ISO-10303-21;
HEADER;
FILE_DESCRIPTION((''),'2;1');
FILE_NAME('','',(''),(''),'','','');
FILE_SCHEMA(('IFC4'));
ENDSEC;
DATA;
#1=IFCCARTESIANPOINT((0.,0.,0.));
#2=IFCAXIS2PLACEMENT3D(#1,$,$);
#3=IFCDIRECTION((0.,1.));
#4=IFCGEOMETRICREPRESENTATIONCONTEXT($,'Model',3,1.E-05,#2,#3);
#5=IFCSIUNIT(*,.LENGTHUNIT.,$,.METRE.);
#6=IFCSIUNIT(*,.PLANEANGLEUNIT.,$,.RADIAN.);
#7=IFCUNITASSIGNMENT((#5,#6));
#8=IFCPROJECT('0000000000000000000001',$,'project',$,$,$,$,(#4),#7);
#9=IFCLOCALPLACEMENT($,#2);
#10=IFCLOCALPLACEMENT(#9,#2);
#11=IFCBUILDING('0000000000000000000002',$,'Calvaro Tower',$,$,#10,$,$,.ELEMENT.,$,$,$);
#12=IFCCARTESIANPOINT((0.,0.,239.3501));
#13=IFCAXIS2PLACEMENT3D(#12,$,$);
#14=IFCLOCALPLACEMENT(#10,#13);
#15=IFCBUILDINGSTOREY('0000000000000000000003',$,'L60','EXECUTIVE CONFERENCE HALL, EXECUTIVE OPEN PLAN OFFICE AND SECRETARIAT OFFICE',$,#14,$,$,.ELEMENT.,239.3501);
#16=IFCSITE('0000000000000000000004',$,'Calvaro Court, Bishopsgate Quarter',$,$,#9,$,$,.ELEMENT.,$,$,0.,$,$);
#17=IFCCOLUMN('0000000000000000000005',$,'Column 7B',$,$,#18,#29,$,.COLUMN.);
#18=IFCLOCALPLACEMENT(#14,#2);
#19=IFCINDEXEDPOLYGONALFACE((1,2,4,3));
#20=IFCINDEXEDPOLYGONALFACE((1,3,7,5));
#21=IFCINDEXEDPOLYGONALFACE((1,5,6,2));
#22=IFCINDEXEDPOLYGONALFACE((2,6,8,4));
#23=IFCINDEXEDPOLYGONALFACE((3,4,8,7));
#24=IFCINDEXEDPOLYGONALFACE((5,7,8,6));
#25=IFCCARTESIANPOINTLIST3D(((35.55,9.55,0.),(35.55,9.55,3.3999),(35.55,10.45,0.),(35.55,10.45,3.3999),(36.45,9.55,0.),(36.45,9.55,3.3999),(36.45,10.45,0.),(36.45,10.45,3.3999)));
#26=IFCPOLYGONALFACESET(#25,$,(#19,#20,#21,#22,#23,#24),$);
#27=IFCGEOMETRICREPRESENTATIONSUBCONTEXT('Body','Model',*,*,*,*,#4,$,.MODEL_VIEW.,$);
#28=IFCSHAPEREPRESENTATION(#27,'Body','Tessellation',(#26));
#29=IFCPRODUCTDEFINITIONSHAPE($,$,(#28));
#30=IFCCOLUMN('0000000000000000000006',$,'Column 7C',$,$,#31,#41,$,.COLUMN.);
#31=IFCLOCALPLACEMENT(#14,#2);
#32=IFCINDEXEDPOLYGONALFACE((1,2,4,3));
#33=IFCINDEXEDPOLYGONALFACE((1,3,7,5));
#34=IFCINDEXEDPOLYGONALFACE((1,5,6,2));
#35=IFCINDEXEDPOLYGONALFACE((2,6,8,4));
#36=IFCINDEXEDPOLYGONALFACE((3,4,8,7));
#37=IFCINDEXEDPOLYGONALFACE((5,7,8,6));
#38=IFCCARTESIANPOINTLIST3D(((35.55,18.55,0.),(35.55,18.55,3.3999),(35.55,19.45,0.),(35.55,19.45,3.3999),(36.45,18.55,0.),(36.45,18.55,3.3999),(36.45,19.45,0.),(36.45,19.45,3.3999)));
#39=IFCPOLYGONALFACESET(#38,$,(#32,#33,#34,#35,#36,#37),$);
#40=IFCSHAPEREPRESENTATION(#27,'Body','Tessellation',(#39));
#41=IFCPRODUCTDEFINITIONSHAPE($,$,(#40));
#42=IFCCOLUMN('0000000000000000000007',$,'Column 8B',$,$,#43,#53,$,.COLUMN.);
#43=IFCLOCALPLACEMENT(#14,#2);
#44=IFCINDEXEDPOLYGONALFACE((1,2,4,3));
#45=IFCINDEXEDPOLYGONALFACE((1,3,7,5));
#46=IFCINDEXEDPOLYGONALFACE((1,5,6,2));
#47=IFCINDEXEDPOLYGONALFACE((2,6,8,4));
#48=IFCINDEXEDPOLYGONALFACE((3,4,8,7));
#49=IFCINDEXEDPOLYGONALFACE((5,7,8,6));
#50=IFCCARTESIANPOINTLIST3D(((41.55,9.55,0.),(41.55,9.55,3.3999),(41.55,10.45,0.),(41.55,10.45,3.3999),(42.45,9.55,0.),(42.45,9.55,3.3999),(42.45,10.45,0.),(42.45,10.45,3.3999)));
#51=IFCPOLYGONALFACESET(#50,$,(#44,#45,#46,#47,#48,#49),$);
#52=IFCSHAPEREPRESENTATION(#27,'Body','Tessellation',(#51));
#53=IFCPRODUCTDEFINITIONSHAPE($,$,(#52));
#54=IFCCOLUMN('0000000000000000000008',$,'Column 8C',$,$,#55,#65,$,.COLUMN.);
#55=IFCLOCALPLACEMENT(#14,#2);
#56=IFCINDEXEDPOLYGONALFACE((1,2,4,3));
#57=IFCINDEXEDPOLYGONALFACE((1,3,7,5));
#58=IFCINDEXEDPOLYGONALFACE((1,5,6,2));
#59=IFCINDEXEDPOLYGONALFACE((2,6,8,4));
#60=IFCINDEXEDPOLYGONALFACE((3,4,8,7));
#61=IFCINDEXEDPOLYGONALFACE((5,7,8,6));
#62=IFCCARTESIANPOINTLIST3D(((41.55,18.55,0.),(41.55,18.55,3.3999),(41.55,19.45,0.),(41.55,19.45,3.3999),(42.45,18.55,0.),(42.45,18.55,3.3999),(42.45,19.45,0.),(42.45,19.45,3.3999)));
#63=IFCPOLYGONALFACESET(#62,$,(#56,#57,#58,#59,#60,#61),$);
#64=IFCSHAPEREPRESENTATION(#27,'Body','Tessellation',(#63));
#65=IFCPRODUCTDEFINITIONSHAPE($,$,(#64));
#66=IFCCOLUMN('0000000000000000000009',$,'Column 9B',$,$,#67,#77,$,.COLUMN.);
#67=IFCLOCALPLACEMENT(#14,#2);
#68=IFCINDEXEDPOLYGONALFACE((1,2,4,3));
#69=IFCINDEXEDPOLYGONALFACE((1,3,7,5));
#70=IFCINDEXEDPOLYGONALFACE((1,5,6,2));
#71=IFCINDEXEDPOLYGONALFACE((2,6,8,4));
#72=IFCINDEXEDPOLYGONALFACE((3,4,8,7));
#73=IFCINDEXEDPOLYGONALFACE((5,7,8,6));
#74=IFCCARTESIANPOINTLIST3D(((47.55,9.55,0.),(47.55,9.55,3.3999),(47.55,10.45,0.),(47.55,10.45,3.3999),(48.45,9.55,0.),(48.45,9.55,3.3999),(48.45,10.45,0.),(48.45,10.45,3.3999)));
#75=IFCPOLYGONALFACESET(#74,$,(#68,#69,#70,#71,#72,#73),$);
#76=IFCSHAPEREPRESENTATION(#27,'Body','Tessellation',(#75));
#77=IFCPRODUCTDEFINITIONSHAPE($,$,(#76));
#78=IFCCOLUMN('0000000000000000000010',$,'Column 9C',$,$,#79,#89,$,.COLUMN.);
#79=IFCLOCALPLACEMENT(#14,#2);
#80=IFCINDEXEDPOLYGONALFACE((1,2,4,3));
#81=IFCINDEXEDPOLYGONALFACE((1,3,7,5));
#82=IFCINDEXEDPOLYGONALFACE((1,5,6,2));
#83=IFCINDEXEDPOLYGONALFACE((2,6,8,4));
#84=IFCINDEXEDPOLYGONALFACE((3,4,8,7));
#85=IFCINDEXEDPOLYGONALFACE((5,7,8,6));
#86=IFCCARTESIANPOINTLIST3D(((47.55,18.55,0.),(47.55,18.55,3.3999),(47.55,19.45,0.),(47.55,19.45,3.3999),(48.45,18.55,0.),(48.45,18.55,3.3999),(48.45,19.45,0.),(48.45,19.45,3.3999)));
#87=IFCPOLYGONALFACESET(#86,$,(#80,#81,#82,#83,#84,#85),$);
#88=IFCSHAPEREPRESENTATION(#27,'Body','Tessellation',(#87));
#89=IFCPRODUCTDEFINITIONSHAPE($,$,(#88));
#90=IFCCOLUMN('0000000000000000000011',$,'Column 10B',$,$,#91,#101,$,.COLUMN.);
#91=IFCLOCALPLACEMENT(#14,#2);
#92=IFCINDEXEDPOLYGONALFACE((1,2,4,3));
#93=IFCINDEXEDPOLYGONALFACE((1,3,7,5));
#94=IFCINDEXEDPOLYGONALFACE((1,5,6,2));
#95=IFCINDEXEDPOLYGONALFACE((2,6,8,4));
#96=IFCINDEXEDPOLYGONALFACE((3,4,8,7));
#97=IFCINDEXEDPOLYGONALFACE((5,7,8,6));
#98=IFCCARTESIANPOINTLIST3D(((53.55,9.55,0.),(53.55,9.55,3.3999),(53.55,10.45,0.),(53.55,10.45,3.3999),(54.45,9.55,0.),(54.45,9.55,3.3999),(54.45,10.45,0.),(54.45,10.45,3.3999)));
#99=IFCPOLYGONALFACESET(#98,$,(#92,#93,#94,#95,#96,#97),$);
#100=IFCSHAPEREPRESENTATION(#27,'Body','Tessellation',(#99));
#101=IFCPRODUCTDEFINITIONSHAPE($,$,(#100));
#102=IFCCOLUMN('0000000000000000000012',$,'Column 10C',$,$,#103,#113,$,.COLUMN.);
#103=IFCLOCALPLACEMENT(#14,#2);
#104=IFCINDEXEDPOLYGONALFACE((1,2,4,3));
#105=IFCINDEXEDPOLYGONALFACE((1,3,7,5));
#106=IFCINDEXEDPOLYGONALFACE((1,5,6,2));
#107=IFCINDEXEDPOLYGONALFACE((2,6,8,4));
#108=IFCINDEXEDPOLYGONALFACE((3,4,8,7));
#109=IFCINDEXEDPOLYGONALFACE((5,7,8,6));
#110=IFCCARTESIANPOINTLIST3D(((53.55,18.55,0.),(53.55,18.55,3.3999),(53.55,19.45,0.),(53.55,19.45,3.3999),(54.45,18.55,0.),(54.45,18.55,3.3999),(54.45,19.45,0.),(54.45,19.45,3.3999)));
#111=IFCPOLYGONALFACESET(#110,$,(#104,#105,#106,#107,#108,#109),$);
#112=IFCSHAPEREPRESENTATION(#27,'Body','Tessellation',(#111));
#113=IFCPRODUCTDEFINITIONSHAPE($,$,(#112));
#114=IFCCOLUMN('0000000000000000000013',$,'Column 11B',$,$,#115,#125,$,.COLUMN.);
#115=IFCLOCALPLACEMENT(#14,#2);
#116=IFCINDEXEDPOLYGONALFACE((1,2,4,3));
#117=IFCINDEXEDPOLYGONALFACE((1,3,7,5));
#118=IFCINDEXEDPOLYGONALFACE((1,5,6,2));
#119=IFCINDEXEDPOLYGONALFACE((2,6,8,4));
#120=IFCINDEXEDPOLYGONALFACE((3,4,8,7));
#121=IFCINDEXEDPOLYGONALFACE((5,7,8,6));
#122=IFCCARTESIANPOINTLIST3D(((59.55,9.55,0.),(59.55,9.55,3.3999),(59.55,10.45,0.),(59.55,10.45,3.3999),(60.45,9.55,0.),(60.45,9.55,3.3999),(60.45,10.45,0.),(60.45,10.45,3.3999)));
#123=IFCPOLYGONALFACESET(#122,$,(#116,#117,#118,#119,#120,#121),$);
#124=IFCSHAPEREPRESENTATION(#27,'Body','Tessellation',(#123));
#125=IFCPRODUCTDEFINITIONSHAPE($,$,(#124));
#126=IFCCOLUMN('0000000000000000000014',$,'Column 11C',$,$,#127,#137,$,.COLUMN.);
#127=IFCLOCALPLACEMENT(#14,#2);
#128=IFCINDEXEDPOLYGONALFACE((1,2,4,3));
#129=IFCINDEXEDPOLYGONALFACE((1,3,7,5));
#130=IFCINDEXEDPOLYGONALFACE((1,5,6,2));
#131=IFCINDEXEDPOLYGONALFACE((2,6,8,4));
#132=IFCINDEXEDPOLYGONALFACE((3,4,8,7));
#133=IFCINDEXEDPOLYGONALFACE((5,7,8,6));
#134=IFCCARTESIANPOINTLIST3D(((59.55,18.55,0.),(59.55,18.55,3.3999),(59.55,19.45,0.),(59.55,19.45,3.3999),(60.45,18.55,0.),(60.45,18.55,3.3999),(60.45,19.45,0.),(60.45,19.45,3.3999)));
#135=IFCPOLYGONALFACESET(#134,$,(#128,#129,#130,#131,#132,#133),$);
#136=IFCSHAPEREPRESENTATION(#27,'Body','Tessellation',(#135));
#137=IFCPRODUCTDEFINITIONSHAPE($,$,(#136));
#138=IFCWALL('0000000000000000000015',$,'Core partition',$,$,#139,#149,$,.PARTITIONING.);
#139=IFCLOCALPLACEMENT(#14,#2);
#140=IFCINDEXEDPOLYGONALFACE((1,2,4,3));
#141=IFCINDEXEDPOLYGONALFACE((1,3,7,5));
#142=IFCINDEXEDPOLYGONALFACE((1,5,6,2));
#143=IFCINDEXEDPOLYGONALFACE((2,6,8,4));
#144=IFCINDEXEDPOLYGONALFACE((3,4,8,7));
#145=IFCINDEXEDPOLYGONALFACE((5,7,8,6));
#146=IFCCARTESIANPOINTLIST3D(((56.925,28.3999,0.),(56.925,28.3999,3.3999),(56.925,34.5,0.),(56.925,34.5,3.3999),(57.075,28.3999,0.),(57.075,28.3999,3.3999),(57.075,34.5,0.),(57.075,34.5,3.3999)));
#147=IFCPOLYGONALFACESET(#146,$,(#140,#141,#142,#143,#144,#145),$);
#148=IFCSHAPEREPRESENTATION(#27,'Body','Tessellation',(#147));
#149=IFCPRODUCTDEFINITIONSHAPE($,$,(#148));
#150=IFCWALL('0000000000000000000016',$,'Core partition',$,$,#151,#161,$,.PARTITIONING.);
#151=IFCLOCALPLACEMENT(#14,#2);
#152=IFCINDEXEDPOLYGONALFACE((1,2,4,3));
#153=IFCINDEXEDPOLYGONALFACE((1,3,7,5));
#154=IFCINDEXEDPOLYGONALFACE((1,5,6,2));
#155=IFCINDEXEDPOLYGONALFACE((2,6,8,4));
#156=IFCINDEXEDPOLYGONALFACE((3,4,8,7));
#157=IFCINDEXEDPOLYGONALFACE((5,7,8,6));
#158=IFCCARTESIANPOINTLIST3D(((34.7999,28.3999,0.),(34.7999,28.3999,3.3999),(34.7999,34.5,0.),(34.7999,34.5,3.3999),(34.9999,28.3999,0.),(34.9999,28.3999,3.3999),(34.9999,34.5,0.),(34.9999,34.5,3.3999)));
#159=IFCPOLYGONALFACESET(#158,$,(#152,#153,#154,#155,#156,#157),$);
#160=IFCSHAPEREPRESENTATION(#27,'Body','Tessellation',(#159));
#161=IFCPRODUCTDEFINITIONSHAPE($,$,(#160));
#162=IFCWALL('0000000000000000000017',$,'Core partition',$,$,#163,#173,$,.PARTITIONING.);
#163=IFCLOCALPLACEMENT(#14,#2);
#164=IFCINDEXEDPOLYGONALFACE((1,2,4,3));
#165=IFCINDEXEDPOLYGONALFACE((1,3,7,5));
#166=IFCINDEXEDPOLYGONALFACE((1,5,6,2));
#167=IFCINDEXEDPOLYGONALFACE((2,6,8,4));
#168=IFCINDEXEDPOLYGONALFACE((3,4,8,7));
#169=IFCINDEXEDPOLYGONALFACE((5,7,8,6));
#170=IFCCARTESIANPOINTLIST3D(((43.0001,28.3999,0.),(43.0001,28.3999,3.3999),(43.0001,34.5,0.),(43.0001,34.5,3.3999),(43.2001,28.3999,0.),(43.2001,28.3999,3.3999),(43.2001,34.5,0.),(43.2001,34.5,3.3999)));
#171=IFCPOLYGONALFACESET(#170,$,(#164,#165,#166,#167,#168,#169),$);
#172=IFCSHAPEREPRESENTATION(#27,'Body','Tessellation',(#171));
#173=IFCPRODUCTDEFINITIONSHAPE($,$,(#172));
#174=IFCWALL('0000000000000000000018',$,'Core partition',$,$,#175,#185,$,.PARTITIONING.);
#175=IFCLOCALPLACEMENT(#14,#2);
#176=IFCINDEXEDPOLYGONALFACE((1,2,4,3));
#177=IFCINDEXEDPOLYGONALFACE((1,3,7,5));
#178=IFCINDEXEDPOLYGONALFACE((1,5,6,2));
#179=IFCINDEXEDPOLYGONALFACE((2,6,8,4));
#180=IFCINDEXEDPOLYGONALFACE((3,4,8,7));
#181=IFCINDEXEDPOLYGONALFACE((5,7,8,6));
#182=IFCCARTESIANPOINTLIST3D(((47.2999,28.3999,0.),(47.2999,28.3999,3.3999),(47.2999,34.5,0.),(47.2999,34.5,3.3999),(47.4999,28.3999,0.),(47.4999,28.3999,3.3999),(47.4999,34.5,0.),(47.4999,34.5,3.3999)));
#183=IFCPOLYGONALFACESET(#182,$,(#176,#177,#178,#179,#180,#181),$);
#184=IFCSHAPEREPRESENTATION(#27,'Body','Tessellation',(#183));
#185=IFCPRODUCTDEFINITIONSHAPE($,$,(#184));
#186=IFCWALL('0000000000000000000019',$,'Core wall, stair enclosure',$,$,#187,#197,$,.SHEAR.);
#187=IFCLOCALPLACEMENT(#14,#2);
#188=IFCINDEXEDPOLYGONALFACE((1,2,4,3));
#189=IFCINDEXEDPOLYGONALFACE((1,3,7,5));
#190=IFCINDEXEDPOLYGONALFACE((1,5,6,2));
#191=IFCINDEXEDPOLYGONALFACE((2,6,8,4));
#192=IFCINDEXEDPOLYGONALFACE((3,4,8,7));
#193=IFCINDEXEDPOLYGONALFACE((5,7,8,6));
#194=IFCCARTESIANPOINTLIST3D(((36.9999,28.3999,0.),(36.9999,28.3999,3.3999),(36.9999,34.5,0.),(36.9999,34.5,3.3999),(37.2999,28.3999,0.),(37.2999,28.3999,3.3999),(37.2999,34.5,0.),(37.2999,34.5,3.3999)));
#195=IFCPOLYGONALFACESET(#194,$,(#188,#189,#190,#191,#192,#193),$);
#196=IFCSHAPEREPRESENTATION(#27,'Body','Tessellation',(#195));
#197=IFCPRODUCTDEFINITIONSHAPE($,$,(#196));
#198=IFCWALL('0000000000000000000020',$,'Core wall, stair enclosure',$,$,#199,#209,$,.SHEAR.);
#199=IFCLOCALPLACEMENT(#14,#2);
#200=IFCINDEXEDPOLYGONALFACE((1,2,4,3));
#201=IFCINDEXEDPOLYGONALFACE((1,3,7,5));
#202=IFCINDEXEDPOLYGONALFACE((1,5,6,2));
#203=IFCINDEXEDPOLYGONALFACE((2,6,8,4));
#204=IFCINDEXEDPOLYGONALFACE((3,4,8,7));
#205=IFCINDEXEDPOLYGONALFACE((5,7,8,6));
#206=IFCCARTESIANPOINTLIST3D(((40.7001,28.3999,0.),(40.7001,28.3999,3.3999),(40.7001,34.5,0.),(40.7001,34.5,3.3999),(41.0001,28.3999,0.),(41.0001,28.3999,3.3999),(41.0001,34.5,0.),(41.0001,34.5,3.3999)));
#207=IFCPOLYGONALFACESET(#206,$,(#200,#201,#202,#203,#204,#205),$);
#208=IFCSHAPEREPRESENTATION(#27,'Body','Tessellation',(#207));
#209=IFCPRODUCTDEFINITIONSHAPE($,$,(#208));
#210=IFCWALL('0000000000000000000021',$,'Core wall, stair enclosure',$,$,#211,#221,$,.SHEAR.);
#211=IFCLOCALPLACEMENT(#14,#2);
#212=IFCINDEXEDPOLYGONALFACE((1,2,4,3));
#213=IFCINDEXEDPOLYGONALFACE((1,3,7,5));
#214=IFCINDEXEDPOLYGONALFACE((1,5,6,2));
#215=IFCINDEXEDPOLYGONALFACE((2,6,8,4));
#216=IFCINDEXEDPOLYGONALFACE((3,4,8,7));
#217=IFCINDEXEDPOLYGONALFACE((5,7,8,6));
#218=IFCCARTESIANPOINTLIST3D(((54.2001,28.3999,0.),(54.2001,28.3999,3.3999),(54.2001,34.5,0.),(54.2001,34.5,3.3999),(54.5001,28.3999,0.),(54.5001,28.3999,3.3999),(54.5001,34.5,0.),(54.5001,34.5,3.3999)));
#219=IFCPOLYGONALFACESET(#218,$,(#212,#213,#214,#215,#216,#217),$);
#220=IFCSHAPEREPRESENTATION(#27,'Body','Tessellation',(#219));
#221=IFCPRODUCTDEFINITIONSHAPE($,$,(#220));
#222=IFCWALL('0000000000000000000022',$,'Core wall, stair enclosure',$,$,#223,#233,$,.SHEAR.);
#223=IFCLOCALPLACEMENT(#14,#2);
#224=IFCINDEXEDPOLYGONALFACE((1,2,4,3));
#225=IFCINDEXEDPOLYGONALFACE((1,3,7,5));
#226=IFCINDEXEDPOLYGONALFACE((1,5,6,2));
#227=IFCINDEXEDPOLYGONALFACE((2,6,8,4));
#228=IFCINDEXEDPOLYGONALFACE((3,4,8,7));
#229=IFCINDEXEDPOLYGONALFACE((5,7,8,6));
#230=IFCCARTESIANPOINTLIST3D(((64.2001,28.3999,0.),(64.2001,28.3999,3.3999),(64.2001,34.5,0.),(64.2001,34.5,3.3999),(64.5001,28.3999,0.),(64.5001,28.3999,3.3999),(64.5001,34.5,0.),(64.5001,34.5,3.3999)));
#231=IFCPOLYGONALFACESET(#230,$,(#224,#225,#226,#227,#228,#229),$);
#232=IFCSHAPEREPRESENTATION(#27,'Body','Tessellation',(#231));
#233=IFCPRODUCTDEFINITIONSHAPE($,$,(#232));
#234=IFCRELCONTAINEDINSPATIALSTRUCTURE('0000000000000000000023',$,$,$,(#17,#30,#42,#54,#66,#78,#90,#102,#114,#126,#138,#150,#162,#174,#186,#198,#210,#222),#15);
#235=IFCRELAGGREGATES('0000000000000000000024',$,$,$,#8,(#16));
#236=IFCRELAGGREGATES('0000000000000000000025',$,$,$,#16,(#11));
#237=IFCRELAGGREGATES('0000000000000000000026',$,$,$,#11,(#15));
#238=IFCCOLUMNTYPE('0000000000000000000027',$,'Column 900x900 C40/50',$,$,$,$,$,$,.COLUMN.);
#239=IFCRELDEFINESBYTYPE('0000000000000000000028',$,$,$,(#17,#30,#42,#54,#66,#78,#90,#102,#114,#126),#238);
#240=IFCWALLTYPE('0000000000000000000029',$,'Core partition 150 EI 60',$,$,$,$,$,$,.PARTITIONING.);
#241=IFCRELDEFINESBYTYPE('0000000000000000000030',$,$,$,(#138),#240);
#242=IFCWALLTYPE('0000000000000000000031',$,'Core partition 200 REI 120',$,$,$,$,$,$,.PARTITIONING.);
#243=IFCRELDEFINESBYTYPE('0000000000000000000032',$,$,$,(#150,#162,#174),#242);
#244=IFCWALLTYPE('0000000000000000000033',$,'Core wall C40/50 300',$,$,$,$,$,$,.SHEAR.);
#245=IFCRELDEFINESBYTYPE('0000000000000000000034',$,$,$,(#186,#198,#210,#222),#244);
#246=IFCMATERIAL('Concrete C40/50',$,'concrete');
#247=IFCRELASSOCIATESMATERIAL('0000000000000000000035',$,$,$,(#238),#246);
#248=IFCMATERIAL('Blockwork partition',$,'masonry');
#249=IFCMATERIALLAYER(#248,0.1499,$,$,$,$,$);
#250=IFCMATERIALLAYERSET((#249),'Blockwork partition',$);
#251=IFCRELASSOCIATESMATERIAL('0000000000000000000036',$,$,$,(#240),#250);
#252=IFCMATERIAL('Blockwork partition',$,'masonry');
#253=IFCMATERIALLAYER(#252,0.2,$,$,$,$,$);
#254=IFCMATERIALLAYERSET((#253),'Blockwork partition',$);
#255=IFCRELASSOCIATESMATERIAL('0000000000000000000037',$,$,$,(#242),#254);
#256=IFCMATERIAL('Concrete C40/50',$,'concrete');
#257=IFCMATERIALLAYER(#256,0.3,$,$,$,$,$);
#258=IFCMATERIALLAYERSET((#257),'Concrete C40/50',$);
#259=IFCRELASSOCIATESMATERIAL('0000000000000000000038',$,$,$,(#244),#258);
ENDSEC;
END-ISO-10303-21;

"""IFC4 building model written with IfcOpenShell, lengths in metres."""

from ifc_helpers import new_model, si_unit, direction, frame, frame_2d, origin, origin_2d, place, context, subcontext, project, spatial, rectangle, extrude, material, layer, layer_set, material_profile, profile_set, type_object, element, save


model = new_model("IFC4")

# Units and contexts
model_context = context("Model", 3, precision=1e-05, world=origin(), true_north=direction((0.0, 1.0)))
body_context = subcontext(model_context, "Body", "Model", "MODEL_VIEW")
ifc_project = project(units=[si_unit("LENGTHUNIT", "METRE"), si_unit("PLANEANGLEUNIT", "RADIAN")], contexts=[model_context])

# Site, building, storey
site_placement = place(None, origin())
site = spatial("IfcSite", under=ifc_project, at=site_placement, Name="Calvaro Court, Bishopsgate Quarter", CompositionType="ELEMENT", RefElevation=0.0)
building_placement = place(site_placement, origin())
building = spatial("IfcBuilding", under=site, at=building_placement, Name="Calvaro Tower", CompositionType="ELEMENT")
storey_placement = place(building_placement, frame((0.0, 0.0, 239.3501)))
storey = spatial("IfcBuildingStorey", under=building, at=storey_placement, Name="L60", Description="EXECUTIVE CONFERENCE HALL, EXECUTIVE OPEN PLAN OFFICE AND SECRETARIAT OFFICE", CompositionType="ELEMENT", Elevation=239.3501)

# Columns
ifc_material_1 = material(Name="Concrete C40/50", Category="concrete")
ifc_material_profile = material_profile(ifc_material_1, rectangle(XDim=0.8999, YDim=0.8999, at=origin_2d()), Name="RC 900x900")
ifc_profile_set = profile_set([ifc_material_profile], Name="Concrete C40/50")
column_type = type_object("IfcColumnType", Name="Column 900x900 C40/50", PredefinedType="COLUMN", material=ifc_profile_set)
for number, where, z_axis, x_axis, name in (
    (1, (36.0, 10.0, 0.0), (0.0, 0.0, 1.0), (1.0, 0.0, 0.0), "Column 7B"),
    (2, (36.0, 19.0, 0.0), (0.0, 0.0, 1.0), (1.0, 0.0, 0.0), "Column 7C"),
    (3, (42.0, 10.0, 0.0), (0.0, 0.0, 1.0), (1.0, 0.0, 0.0), "Column 8B"),
    (4, (42.0, 19.0, 0.0), (0.0, 0.0, 1.0), (1.0, 0.0, 0.0), "Column 8C"),
    (5, (48.0, 10.0, 0.0), (0.0, 0.0, 1.0), (1.0, 0.0, 0.0), "Column 9B"),
    (6, (48.0, 19.0, 0.0), (0.0, 0.0, 1.0), (1.0, 0.0, 0.0), "Column 9C"),
    (7, (54.0, 10.0, 0.0), (0.0, 0.0, 1.0), (1.0, 0.0, 0.0), "Column 10B"),
    (8, (54.0, 19.0, 0.0), (0.0, 0.0, 1.0), (1.0, 0.0, 0.0), "Column 10C"),
    (9, (60.0, 10.0, 0.0), (0.0, 0.0, 1.0), (1.0, 0.0, 0.0), "Column 11B"),
    (10, (60.0, 19.0, 0.0), (0.0, 0.0, 1.0), (1.0, 0.0, 0.0), "Column 11C"),
):
    element("IfcColumn", number, at=place(storey_placement, frame(where, z_axis=z_axis, x_axis=x_axis)), inside=storey, type_object=column_type, Name=name, PredefinedType="COLUMN", context=body_context, shape_type="SweptSolid", body=[
        extrude(rectangle(XDim=0.8999, YDim=0.8999, at=origin_2d()), origin(), (0.0, 0.0, 1.0), 3.3999),
    ])

# Walls
ifc_material_2 = material(Name="Blockwork partition", Category="masonry")
ifc_layer_1 = layer(ifc_material_2, 0.1499)
ifc_layer_set_1 = layer_set([ifc_layer_1], Name="Blockwork partition")
wall_type_1 = type_object("IfcWallType", Name="Core partition 150 EI 60", PredefinedType="PARTITIONING", material=ifc_layer_set_1)
wall_1_placement = place(storey_placement, frame((57.0, 28.3999, 0.0), z_axis=(0.0, 0.0, 1.0), x_axis=(0.0, 1.0, 0.0)))
element("IfcWall", 11, at=wall_1_placement, inside=storey, type_object=wall_type_1, Name="Core partition", PredefinedType="PARTITIONING", context=body_context, shape_type="SweptSolid", body=[
    extrude(rectangle(XDim=6.1001, YDim=0.1499, at=frame_2d((3.05, 0.0))), origin(), (0.0, 0.0, 1.0), 3.3999),
])
ifc_material_3 = material(Name="Blockwork partition", Category="masonry")
ifc_layer_2 = layer(ifc_material_3, 0.2)
ifc_layer_set_2 = layer_set([ifc_layer_2], Name="Blockwork partition")
wall_type_2 = type_object("IfcWallType", Name="Core partition 200 REI 120", PredefinedType="PARTITIONING", material=ifc_layer_set_2)
for number, where, z_axis, x_axis, name in (
    (12, (34.8999, 28.3999, 0.0), (0.0, 0.0, 1.0), (0.0, 1.0, 0.0), "Core partition"),
    (13, (43.1001, 28.3999, 0.0), (0.0, 0.0, 1.0), (0.0, 1.0, 0.0), "Core partition"),
    (14, (47.3999, 28.3999, 0.0), (0.0, 0.0, 1.0), (0.0, 1.0, 0.0), "Core partition"),
):
    element("IfcWall", number, at=place(storey_placement, frame(where, z_axis=z_axis, x_axis=x_axis)), inside=storey, type_object=wall_type_2, Name=name, PredefinedType="PARTITIONING", context=body_context, shape_type="SweptSolid", body=[
        extrude(rectangle(XDim=6.1001, YDim=0.2, at=frame_2d((3.05, 0.0))), origin(), (0.0, 0.0, 1.0), 3.3999),
    ])
ifc_material_4 = material(Name="Concrete C40/50", Category="concrete")
ifc_layer_3 = layer(ifc_material_4, 0.3)
ifc_layer_set_3 = layer_set([ifc_layer_3], Name="Concrete C40/50")
wall_type_3 = type_object("IfcWallType", Name="Core wall C40/50 300", PredefinedType="SHEAR", material=ifc_layer_set_3)
for number, where, z_axis, x_axis, name in (
    (15, (37.1499, 28.3999, 0.0), (0.0, 0.0, 1.0), (0.0, 1.0, 0.0), "Core wall, stair enclosure"),
    (16, (40.8501, 28.3999, 0.0), (0.0, 0.0, 1.0), (0.0, 1.0, 0.0), "Core wall, stair enclosure"),
    (17, (54.3501, 28.3999, 0.0), (0.0, 0.0, 1.0), (0.0, 1.0, 0.0), "Core wall, stair enclosure"),
    (18, (64.3501, 28.3999, 0.0), (0.0, 0.0, 1.0), (0.0, 1.0, 0.0), "Core wall, stair enclosure"),
):
    element("IfcWall", number, at=place(storey_placement, frame(where, z_axis=z_axis, x_axis=x_axis)), inside=storey, type_object=wall_type_3, Name=name, PredefinedType="SHEAR", context=body_context, shape_type="SweptSolid", body=[
        extrude(rectangle(XDim=6.1001, YDim=0.3, at=frame_2d((3.05, 0.0))), origin(), (0.0, 0.0, 1.0), 3.3999),
    ])

save(model, "model.ifc")
